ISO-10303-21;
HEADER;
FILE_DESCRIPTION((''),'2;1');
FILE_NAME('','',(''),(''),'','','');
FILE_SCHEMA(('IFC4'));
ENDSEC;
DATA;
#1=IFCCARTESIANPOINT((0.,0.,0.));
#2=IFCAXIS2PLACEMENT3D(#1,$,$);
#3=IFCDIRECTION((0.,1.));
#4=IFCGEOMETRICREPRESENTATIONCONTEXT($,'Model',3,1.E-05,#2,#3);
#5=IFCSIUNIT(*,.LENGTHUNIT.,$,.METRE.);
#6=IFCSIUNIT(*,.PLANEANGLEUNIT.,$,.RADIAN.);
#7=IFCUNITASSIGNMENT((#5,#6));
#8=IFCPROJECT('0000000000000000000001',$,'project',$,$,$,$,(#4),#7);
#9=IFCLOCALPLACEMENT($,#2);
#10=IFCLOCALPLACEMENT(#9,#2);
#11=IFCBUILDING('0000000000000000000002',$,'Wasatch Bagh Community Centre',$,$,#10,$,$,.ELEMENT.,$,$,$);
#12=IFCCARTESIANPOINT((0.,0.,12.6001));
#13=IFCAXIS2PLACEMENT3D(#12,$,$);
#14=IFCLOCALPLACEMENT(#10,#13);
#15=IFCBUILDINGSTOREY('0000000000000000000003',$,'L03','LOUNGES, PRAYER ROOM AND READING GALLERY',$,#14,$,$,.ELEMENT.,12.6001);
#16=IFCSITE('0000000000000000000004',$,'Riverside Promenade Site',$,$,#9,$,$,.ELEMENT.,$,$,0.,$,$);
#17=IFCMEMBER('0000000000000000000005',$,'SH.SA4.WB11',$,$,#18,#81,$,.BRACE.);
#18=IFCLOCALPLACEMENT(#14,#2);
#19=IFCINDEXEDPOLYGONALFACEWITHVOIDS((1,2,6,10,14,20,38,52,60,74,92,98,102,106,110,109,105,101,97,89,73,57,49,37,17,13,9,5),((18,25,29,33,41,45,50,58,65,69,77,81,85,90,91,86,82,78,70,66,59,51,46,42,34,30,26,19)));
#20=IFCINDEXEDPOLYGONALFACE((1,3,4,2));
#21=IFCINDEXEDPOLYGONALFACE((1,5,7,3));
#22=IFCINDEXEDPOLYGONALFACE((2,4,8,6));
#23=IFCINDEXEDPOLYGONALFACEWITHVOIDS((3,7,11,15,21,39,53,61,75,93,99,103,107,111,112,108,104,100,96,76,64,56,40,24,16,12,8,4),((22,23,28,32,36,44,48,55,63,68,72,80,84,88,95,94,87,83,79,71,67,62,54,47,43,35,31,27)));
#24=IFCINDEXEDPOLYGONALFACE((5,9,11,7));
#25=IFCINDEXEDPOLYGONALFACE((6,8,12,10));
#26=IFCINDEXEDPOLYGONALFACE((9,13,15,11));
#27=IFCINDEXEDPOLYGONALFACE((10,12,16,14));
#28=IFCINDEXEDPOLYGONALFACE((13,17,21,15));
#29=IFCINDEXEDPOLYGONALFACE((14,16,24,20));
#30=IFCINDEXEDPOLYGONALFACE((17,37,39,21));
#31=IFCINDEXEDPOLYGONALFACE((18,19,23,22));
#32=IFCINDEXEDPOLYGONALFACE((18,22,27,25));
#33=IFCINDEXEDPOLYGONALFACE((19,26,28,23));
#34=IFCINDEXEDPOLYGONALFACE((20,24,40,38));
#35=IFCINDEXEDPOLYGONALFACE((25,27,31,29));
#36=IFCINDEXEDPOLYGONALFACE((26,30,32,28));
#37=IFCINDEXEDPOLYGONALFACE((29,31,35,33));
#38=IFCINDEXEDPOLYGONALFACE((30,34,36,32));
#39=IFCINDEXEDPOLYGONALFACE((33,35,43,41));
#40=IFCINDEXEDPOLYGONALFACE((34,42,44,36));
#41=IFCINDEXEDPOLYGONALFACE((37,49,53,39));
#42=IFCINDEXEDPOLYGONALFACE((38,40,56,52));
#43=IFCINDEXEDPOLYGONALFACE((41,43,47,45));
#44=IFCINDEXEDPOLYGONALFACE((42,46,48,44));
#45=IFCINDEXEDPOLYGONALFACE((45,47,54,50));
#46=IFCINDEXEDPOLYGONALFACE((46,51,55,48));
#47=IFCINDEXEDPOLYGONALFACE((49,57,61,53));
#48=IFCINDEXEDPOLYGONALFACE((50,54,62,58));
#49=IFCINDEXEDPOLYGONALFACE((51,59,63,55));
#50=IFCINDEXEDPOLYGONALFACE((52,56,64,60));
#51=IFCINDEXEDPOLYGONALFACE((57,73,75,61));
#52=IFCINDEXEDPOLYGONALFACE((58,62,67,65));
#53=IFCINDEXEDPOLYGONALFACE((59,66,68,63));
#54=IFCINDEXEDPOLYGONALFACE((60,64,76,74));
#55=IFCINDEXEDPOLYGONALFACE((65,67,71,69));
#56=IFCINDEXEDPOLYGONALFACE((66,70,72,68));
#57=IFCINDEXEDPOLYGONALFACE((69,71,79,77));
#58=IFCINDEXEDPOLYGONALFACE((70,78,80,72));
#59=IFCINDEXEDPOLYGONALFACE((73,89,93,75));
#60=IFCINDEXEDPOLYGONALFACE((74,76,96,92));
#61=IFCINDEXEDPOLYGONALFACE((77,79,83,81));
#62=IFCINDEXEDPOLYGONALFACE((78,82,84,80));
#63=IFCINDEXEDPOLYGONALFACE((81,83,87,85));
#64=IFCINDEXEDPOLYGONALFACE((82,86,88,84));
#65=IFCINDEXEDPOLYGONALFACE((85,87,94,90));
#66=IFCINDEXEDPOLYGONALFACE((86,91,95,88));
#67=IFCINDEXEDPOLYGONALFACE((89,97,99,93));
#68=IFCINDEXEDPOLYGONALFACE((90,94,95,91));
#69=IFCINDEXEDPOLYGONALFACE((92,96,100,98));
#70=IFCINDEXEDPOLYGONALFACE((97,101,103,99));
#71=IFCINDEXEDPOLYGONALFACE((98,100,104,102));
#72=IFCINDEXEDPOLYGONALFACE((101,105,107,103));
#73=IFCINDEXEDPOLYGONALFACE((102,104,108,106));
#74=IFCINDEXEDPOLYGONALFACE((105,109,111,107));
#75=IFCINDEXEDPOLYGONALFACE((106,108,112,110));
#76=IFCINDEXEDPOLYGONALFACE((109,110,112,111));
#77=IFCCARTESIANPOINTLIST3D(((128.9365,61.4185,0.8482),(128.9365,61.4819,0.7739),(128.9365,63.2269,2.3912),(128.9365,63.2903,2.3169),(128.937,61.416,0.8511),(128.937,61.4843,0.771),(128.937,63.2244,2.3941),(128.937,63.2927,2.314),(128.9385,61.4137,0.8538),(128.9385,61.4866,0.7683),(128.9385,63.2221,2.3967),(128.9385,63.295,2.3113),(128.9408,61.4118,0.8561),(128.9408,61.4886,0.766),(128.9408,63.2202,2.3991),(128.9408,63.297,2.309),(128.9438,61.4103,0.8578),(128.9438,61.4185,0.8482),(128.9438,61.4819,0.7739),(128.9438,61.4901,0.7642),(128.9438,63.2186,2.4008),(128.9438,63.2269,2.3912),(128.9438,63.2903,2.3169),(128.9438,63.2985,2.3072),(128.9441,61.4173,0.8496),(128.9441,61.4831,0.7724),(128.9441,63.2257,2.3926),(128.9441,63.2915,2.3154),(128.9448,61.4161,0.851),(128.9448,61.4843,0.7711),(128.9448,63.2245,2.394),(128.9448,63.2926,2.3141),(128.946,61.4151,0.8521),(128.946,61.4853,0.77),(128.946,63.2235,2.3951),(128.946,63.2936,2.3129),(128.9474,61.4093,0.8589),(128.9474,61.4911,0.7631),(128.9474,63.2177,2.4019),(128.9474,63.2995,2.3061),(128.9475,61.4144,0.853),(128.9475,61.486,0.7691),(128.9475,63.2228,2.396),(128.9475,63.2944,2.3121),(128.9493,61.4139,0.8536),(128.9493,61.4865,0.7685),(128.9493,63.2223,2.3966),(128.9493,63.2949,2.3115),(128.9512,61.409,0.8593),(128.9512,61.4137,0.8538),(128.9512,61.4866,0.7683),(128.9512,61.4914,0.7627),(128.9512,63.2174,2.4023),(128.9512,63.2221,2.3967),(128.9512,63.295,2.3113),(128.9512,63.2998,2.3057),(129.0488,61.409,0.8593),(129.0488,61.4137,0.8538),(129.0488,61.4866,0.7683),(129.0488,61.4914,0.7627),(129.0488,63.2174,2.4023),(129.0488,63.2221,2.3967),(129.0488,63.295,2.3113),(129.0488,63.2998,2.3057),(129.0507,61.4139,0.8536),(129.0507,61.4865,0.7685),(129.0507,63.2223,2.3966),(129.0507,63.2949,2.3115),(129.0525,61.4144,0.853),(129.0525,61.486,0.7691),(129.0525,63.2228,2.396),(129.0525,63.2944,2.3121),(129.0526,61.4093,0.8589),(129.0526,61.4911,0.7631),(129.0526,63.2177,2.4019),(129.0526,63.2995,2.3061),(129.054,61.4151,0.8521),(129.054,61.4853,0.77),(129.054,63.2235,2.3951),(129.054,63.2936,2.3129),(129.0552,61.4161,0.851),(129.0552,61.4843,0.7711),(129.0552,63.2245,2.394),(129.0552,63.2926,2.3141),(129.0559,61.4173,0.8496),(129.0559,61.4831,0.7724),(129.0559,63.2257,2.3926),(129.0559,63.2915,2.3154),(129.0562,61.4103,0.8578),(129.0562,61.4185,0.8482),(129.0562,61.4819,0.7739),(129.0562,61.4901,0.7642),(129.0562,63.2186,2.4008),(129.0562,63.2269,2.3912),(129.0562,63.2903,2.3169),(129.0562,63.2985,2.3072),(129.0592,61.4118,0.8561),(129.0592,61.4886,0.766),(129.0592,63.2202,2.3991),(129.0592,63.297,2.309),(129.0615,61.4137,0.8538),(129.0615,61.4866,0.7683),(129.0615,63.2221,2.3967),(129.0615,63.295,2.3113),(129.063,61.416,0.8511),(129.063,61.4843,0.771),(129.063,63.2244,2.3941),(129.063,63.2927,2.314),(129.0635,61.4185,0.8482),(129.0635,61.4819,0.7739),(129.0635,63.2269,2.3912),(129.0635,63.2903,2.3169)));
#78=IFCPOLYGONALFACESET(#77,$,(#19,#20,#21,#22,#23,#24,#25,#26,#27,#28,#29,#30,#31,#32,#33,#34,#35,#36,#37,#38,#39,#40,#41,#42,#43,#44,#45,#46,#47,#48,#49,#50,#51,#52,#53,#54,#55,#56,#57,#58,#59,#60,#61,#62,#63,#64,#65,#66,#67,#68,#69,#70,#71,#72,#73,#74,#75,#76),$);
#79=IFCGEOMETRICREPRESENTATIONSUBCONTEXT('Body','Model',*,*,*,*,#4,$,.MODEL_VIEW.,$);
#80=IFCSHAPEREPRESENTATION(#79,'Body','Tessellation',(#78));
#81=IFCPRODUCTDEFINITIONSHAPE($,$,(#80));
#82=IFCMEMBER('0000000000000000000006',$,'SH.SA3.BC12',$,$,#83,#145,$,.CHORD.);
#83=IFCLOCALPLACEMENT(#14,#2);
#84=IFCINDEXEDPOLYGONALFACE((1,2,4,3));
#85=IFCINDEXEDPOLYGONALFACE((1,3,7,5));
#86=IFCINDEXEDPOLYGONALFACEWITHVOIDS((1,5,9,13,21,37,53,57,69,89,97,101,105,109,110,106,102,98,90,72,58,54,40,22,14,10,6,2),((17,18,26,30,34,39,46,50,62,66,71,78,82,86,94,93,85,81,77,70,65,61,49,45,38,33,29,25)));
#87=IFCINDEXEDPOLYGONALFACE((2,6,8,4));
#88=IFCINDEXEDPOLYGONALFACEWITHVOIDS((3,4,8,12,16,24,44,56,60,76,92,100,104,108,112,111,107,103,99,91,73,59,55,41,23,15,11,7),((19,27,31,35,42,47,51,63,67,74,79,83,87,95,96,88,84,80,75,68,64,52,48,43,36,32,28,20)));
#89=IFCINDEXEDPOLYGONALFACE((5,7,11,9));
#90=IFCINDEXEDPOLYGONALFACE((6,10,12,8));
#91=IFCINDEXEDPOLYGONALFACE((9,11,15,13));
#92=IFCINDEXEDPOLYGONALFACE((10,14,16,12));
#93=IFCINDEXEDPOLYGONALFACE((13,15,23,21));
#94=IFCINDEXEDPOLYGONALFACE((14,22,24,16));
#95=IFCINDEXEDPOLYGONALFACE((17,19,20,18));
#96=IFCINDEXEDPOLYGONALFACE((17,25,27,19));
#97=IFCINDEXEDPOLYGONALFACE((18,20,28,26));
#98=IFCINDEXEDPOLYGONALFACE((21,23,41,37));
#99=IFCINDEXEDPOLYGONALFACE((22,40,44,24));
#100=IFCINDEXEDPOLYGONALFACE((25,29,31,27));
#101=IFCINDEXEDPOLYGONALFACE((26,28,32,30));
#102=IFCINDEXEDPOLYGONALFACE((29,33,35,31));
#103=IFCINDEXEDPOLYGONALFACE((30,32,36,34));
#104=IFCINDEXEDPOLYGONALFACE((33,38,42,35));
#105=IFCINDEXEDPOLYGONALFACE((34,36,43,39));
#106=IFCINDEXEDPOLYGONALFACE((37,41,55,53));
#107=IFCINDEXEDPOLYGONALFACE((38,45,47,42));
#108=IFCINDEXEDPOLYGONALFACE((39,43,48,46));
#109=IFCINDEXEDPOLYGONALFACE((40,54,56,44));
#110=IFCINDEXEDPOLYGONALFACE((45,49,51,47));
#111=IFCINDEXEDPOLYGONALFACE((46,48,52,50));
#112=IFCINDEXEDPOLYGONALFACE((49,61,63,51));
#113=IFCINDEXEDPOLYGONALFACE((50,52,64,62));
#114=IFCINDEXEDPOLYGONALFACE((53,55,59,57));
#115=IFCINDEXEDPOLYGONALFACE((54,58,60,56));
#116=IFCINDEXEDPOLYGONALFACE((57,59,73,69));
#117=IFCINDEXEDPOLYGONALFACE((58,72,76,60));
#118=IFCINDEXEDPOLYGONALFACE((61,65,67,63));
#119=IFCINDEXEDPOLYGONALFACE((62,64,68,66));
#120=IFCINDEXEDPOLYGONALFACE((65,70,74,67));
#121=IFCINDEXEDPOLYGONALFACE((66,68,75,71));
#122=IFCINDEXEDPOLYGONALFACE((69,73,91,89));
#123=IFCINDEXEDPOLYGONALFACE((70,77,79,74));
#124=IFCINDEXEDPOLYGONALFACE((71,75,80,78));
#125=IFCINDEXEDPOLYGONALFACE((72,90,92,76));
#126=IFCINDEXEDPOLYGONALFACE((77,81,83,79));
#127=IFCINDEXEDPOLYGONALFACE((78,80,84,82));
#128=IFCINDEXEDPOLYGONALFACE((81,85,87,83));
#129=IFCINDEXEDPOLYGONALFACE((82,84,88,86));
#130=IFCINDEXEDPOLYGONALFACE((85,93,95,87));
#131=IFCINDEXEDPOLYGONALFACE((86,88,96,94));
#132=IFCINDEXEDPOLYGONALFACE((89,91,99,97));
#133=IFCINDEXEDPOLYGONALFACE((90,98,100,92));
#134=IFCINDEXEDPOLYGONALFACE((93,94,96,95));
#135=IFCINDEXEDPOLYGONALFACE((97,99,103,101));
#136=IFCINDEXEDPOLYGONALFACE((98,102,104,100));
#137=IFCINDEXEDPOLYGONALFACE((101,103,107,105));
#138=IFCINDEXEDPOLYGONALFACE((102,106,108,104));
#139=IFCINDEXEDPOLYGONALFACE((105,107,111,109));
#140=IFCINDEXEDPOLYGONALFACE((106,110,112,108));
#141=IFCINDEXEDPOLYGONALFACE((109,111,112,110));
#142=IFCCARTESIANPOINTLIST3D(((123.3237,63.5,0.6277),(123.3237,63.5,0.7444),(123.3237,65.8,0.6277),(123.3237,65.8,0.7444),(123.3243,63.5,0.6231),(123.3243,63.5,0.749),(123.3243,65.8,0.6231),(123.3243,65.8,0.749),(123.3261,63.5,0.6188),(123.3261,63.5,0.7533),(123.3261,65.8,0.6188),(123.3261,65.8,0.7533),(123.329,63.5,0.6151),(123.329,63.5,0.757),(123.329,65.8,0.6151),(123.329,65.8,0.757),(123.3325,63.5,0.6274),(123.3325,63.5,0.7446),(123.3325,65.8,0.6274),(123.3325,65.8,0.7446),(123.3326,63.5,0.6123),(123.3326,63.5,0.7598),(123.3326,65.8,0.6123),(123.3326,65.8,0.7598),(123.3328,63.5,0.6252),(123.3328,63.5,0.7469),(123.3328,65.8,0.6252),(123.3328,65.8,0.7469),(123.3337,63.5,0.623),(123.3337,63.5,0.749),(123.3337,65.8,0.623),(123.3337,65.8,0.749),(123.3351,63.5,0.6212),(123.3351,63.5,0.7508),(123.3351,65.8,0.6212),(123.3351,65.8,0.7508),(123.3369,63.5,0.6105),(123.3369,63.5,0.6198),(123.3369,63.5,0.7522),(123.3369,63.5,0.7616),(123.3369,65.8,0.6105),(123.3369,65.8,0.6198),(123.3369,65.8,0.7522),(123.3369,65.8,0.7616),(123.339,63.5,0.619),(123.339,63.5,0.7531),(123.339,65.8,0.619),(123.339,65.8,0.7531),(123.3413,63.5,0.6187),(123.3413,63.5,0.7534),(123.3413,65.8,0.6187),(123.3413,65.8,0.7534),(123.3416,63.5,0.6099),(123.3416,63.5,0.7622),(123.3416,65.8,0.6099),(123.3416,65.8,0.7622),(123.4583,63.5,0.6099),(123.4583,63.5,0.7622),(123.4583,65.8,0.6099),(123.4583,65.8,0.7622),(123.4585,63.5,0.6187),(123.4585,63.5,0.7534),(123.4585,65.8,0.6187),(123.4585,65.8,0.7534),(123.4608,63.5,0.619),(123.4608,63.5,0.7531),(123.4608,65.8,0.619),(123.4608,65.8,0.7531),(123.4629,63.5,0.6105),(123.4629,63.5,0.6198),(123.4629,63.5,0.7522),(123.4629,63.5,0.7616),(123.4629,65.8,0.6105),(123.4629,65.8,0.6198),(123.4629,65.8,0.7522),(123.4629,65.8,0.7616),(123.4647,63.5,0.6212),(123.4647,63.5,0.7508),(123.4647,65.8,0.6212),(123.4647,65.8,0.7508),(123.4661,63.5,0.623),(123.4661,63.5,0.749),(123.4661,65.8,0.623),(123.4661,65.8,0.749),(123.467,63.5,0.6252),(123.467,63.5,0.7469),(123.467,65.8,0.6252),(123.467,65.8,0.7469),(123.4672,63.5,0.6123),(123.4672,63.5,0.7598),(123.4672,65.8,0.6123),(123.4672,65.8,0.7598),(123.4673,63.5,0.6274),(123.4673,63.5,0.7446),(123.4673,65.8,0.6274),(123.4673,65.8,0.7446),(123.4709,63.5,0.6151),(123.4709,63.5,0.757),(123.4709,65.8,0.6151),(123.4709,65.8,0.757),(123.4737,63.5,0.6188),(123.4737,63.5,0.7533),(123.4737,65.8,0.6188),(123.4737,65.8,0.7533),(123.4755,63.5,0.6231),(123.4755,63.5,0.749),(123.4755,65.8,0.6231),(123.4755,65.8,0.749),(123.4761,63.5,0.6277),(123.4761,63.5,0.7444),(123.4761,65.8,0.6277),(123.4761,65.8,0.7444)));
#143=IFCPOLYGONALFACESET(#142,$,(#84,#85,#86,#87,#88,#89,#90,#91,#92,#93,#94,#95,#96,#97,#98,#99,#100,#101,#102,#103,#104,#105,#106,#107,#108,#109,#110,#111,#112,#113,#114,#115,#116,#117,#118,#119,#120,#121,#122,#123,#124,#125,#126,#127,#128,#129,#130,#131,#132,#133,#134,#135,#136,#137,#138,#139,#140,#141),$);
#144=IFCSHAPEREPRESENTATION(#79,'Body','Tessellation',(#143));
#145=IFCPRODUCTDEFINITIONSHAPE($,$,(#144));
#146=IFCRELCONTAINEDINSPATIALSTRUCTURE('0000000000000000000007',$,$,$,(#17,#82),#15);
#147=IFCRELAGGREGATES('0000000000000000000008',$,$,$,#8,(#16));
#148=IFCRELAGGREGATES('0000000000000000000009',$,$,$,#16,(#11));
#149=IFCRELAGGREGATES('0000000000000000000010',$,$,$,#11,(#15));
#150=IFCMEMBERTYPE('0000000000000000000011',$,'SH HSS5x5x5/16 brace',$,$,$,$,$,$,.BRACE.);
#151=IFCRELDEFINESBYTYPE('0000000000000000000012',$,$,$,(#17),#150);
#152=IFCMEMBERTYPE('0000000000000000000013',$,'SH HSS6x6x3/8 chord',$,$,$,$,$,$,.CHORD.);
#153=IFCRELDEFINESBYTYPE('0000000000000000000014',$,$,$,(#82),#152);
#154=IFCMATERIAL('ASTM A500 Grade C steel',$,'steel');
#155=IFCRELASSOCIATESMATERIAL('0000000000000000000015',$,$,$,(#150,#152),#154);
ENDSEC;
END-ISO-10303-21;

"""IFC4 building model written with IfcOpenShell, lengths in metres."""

from ifc_helpers import new_model, si_unit, direction, frame, origin, origin_2d, place, context, subcontext, project, spatial, hollow_rectangle, extrude, material, material_profile, profile_set, type_object, element, save


model = new_model("IFC4")

# Units and contexts
model_context = context("Model", 3, precision=1e-05, world=origin(), true_north=direction((0.0, 1.0)))
body_context = subcontext(model_context, "Body", "Model", "MODEL_VIEW")
ifc_project = project(units=[si_unit("LENGTHUNIT", "METRE"), si_unit("PLANEANGLEUNIT", "RADIAN")], contexts=[model_context])

# Site, building, storey
site_placement = place(None, origin())
site = spatial("IfcSite", under=ifc_project, at=site_placement, Name="Riverside Promenade Site", CompositionType="ELEMENT", RefElevation=0.0)
building_placement = place(site_placement, origin())
building = spatial("IfcBuilding", under=site, at=building_placement, Name="Wasatch Bagh Community Centre", CompositionType="ELEMENT")
storey_placement = place(building_placement, frame((0.0, 0.0, 12.6001)))
storey = spatial("IfcBuildingStorey", under=building, at=storey_placement, Name="L03", Description="LOUNGES, PRAYER ROOM AND READING GALLERY", CompositionType="ELEMENT", Elevation=12.6001)

# Members
ifc_material_1 = material(Name="ASTM A500 Grade C steel", Category="steel")
ifc_material_profile_1 = material_profile(ifc_material_1, hollow_rectangle(XDim=0.127, YDim=0.127, WallThickness=0.0073, InnerFilletRadius=0.0073, OuterFilletRadius=0.0146, at=origin_2d()), Name="HSS5x5x5/16")
ifc_profile_set_1 = profile_set([ifc_material_profile_1], Name="ASTM A500 Grade C steel")
member_type_1 = type_object("IfcMemberType", Name="SH HSS5x5x5/16 brace", PredefinedType="BRACE", material=ifc_profile_set_1)
member_1_placement = place(storey_placement, frame((129.0, 61.4502, 0.811), z_axis=(0.0, 0.760719, 0.649081), x_axis=(-1.0, 0.0, 0.0)))
element("IfcMember", 1, at=member_1_placement, inside=storey, type_object=member_type_1, Name="SH.SA4.WB11", PredefinedType="BRACE", context=body_context, shape_type="SweptSolid", body=[
    extrude(hollow_rectangle(XDim=0.127, YDim=0.127, WallThickness=0.0073, InnerFilletRadius=0.0073, OuterFilletRadius=0.0146, at=origin_2d()), origin(), (0.0, 0.0, 1.0), 2.3772),
])
ifc_material_profile_2 = material_profile(ifc_material_1, hollow_rectangle(XDim=0.1523, YDim=0.1523, WallThickness=0.0088, InnerFilletRadius=0.0088, OuterFilletRadius=0.0178, at=origin_2d()), Name="HSS6x6x3/8")
ifc_profile_set_2 = profile_set([ifc_material_profile_2], Name="ASTM A500 Grade C steel")
member_type_2 = type_object("IfcMemberType", Name="SH HSS6x6x3/8 chord", PredefinedType="CHORD", material=ifc_profile_set_2)
member_2_placement = place(storey_placement, frame((123.3999, 63.5, 0.686), z_axis=(0.0, 1.0, 0.0), x_axis=(-1.0, 0.0, 0.0)))
element("IfcMember", 2, at=member_2_placement, inside=storey, type_object=member_type_2, Name="SH.SA3.BC12", PredefinedType="CHORD", context=body_context, shape_type="SweptSolid", body=[
    extrude(hollow_rectangle(XDim=0.1523, YDim=0.1523, WallThickness=0.0088, InnerFilletRadius=0.0088, OuterFilletRadius=0.0178, at=origin_2d()), origin(), (0.0, 0.0, 1.0), 2.3),
])

save(model, "model.ifc")
